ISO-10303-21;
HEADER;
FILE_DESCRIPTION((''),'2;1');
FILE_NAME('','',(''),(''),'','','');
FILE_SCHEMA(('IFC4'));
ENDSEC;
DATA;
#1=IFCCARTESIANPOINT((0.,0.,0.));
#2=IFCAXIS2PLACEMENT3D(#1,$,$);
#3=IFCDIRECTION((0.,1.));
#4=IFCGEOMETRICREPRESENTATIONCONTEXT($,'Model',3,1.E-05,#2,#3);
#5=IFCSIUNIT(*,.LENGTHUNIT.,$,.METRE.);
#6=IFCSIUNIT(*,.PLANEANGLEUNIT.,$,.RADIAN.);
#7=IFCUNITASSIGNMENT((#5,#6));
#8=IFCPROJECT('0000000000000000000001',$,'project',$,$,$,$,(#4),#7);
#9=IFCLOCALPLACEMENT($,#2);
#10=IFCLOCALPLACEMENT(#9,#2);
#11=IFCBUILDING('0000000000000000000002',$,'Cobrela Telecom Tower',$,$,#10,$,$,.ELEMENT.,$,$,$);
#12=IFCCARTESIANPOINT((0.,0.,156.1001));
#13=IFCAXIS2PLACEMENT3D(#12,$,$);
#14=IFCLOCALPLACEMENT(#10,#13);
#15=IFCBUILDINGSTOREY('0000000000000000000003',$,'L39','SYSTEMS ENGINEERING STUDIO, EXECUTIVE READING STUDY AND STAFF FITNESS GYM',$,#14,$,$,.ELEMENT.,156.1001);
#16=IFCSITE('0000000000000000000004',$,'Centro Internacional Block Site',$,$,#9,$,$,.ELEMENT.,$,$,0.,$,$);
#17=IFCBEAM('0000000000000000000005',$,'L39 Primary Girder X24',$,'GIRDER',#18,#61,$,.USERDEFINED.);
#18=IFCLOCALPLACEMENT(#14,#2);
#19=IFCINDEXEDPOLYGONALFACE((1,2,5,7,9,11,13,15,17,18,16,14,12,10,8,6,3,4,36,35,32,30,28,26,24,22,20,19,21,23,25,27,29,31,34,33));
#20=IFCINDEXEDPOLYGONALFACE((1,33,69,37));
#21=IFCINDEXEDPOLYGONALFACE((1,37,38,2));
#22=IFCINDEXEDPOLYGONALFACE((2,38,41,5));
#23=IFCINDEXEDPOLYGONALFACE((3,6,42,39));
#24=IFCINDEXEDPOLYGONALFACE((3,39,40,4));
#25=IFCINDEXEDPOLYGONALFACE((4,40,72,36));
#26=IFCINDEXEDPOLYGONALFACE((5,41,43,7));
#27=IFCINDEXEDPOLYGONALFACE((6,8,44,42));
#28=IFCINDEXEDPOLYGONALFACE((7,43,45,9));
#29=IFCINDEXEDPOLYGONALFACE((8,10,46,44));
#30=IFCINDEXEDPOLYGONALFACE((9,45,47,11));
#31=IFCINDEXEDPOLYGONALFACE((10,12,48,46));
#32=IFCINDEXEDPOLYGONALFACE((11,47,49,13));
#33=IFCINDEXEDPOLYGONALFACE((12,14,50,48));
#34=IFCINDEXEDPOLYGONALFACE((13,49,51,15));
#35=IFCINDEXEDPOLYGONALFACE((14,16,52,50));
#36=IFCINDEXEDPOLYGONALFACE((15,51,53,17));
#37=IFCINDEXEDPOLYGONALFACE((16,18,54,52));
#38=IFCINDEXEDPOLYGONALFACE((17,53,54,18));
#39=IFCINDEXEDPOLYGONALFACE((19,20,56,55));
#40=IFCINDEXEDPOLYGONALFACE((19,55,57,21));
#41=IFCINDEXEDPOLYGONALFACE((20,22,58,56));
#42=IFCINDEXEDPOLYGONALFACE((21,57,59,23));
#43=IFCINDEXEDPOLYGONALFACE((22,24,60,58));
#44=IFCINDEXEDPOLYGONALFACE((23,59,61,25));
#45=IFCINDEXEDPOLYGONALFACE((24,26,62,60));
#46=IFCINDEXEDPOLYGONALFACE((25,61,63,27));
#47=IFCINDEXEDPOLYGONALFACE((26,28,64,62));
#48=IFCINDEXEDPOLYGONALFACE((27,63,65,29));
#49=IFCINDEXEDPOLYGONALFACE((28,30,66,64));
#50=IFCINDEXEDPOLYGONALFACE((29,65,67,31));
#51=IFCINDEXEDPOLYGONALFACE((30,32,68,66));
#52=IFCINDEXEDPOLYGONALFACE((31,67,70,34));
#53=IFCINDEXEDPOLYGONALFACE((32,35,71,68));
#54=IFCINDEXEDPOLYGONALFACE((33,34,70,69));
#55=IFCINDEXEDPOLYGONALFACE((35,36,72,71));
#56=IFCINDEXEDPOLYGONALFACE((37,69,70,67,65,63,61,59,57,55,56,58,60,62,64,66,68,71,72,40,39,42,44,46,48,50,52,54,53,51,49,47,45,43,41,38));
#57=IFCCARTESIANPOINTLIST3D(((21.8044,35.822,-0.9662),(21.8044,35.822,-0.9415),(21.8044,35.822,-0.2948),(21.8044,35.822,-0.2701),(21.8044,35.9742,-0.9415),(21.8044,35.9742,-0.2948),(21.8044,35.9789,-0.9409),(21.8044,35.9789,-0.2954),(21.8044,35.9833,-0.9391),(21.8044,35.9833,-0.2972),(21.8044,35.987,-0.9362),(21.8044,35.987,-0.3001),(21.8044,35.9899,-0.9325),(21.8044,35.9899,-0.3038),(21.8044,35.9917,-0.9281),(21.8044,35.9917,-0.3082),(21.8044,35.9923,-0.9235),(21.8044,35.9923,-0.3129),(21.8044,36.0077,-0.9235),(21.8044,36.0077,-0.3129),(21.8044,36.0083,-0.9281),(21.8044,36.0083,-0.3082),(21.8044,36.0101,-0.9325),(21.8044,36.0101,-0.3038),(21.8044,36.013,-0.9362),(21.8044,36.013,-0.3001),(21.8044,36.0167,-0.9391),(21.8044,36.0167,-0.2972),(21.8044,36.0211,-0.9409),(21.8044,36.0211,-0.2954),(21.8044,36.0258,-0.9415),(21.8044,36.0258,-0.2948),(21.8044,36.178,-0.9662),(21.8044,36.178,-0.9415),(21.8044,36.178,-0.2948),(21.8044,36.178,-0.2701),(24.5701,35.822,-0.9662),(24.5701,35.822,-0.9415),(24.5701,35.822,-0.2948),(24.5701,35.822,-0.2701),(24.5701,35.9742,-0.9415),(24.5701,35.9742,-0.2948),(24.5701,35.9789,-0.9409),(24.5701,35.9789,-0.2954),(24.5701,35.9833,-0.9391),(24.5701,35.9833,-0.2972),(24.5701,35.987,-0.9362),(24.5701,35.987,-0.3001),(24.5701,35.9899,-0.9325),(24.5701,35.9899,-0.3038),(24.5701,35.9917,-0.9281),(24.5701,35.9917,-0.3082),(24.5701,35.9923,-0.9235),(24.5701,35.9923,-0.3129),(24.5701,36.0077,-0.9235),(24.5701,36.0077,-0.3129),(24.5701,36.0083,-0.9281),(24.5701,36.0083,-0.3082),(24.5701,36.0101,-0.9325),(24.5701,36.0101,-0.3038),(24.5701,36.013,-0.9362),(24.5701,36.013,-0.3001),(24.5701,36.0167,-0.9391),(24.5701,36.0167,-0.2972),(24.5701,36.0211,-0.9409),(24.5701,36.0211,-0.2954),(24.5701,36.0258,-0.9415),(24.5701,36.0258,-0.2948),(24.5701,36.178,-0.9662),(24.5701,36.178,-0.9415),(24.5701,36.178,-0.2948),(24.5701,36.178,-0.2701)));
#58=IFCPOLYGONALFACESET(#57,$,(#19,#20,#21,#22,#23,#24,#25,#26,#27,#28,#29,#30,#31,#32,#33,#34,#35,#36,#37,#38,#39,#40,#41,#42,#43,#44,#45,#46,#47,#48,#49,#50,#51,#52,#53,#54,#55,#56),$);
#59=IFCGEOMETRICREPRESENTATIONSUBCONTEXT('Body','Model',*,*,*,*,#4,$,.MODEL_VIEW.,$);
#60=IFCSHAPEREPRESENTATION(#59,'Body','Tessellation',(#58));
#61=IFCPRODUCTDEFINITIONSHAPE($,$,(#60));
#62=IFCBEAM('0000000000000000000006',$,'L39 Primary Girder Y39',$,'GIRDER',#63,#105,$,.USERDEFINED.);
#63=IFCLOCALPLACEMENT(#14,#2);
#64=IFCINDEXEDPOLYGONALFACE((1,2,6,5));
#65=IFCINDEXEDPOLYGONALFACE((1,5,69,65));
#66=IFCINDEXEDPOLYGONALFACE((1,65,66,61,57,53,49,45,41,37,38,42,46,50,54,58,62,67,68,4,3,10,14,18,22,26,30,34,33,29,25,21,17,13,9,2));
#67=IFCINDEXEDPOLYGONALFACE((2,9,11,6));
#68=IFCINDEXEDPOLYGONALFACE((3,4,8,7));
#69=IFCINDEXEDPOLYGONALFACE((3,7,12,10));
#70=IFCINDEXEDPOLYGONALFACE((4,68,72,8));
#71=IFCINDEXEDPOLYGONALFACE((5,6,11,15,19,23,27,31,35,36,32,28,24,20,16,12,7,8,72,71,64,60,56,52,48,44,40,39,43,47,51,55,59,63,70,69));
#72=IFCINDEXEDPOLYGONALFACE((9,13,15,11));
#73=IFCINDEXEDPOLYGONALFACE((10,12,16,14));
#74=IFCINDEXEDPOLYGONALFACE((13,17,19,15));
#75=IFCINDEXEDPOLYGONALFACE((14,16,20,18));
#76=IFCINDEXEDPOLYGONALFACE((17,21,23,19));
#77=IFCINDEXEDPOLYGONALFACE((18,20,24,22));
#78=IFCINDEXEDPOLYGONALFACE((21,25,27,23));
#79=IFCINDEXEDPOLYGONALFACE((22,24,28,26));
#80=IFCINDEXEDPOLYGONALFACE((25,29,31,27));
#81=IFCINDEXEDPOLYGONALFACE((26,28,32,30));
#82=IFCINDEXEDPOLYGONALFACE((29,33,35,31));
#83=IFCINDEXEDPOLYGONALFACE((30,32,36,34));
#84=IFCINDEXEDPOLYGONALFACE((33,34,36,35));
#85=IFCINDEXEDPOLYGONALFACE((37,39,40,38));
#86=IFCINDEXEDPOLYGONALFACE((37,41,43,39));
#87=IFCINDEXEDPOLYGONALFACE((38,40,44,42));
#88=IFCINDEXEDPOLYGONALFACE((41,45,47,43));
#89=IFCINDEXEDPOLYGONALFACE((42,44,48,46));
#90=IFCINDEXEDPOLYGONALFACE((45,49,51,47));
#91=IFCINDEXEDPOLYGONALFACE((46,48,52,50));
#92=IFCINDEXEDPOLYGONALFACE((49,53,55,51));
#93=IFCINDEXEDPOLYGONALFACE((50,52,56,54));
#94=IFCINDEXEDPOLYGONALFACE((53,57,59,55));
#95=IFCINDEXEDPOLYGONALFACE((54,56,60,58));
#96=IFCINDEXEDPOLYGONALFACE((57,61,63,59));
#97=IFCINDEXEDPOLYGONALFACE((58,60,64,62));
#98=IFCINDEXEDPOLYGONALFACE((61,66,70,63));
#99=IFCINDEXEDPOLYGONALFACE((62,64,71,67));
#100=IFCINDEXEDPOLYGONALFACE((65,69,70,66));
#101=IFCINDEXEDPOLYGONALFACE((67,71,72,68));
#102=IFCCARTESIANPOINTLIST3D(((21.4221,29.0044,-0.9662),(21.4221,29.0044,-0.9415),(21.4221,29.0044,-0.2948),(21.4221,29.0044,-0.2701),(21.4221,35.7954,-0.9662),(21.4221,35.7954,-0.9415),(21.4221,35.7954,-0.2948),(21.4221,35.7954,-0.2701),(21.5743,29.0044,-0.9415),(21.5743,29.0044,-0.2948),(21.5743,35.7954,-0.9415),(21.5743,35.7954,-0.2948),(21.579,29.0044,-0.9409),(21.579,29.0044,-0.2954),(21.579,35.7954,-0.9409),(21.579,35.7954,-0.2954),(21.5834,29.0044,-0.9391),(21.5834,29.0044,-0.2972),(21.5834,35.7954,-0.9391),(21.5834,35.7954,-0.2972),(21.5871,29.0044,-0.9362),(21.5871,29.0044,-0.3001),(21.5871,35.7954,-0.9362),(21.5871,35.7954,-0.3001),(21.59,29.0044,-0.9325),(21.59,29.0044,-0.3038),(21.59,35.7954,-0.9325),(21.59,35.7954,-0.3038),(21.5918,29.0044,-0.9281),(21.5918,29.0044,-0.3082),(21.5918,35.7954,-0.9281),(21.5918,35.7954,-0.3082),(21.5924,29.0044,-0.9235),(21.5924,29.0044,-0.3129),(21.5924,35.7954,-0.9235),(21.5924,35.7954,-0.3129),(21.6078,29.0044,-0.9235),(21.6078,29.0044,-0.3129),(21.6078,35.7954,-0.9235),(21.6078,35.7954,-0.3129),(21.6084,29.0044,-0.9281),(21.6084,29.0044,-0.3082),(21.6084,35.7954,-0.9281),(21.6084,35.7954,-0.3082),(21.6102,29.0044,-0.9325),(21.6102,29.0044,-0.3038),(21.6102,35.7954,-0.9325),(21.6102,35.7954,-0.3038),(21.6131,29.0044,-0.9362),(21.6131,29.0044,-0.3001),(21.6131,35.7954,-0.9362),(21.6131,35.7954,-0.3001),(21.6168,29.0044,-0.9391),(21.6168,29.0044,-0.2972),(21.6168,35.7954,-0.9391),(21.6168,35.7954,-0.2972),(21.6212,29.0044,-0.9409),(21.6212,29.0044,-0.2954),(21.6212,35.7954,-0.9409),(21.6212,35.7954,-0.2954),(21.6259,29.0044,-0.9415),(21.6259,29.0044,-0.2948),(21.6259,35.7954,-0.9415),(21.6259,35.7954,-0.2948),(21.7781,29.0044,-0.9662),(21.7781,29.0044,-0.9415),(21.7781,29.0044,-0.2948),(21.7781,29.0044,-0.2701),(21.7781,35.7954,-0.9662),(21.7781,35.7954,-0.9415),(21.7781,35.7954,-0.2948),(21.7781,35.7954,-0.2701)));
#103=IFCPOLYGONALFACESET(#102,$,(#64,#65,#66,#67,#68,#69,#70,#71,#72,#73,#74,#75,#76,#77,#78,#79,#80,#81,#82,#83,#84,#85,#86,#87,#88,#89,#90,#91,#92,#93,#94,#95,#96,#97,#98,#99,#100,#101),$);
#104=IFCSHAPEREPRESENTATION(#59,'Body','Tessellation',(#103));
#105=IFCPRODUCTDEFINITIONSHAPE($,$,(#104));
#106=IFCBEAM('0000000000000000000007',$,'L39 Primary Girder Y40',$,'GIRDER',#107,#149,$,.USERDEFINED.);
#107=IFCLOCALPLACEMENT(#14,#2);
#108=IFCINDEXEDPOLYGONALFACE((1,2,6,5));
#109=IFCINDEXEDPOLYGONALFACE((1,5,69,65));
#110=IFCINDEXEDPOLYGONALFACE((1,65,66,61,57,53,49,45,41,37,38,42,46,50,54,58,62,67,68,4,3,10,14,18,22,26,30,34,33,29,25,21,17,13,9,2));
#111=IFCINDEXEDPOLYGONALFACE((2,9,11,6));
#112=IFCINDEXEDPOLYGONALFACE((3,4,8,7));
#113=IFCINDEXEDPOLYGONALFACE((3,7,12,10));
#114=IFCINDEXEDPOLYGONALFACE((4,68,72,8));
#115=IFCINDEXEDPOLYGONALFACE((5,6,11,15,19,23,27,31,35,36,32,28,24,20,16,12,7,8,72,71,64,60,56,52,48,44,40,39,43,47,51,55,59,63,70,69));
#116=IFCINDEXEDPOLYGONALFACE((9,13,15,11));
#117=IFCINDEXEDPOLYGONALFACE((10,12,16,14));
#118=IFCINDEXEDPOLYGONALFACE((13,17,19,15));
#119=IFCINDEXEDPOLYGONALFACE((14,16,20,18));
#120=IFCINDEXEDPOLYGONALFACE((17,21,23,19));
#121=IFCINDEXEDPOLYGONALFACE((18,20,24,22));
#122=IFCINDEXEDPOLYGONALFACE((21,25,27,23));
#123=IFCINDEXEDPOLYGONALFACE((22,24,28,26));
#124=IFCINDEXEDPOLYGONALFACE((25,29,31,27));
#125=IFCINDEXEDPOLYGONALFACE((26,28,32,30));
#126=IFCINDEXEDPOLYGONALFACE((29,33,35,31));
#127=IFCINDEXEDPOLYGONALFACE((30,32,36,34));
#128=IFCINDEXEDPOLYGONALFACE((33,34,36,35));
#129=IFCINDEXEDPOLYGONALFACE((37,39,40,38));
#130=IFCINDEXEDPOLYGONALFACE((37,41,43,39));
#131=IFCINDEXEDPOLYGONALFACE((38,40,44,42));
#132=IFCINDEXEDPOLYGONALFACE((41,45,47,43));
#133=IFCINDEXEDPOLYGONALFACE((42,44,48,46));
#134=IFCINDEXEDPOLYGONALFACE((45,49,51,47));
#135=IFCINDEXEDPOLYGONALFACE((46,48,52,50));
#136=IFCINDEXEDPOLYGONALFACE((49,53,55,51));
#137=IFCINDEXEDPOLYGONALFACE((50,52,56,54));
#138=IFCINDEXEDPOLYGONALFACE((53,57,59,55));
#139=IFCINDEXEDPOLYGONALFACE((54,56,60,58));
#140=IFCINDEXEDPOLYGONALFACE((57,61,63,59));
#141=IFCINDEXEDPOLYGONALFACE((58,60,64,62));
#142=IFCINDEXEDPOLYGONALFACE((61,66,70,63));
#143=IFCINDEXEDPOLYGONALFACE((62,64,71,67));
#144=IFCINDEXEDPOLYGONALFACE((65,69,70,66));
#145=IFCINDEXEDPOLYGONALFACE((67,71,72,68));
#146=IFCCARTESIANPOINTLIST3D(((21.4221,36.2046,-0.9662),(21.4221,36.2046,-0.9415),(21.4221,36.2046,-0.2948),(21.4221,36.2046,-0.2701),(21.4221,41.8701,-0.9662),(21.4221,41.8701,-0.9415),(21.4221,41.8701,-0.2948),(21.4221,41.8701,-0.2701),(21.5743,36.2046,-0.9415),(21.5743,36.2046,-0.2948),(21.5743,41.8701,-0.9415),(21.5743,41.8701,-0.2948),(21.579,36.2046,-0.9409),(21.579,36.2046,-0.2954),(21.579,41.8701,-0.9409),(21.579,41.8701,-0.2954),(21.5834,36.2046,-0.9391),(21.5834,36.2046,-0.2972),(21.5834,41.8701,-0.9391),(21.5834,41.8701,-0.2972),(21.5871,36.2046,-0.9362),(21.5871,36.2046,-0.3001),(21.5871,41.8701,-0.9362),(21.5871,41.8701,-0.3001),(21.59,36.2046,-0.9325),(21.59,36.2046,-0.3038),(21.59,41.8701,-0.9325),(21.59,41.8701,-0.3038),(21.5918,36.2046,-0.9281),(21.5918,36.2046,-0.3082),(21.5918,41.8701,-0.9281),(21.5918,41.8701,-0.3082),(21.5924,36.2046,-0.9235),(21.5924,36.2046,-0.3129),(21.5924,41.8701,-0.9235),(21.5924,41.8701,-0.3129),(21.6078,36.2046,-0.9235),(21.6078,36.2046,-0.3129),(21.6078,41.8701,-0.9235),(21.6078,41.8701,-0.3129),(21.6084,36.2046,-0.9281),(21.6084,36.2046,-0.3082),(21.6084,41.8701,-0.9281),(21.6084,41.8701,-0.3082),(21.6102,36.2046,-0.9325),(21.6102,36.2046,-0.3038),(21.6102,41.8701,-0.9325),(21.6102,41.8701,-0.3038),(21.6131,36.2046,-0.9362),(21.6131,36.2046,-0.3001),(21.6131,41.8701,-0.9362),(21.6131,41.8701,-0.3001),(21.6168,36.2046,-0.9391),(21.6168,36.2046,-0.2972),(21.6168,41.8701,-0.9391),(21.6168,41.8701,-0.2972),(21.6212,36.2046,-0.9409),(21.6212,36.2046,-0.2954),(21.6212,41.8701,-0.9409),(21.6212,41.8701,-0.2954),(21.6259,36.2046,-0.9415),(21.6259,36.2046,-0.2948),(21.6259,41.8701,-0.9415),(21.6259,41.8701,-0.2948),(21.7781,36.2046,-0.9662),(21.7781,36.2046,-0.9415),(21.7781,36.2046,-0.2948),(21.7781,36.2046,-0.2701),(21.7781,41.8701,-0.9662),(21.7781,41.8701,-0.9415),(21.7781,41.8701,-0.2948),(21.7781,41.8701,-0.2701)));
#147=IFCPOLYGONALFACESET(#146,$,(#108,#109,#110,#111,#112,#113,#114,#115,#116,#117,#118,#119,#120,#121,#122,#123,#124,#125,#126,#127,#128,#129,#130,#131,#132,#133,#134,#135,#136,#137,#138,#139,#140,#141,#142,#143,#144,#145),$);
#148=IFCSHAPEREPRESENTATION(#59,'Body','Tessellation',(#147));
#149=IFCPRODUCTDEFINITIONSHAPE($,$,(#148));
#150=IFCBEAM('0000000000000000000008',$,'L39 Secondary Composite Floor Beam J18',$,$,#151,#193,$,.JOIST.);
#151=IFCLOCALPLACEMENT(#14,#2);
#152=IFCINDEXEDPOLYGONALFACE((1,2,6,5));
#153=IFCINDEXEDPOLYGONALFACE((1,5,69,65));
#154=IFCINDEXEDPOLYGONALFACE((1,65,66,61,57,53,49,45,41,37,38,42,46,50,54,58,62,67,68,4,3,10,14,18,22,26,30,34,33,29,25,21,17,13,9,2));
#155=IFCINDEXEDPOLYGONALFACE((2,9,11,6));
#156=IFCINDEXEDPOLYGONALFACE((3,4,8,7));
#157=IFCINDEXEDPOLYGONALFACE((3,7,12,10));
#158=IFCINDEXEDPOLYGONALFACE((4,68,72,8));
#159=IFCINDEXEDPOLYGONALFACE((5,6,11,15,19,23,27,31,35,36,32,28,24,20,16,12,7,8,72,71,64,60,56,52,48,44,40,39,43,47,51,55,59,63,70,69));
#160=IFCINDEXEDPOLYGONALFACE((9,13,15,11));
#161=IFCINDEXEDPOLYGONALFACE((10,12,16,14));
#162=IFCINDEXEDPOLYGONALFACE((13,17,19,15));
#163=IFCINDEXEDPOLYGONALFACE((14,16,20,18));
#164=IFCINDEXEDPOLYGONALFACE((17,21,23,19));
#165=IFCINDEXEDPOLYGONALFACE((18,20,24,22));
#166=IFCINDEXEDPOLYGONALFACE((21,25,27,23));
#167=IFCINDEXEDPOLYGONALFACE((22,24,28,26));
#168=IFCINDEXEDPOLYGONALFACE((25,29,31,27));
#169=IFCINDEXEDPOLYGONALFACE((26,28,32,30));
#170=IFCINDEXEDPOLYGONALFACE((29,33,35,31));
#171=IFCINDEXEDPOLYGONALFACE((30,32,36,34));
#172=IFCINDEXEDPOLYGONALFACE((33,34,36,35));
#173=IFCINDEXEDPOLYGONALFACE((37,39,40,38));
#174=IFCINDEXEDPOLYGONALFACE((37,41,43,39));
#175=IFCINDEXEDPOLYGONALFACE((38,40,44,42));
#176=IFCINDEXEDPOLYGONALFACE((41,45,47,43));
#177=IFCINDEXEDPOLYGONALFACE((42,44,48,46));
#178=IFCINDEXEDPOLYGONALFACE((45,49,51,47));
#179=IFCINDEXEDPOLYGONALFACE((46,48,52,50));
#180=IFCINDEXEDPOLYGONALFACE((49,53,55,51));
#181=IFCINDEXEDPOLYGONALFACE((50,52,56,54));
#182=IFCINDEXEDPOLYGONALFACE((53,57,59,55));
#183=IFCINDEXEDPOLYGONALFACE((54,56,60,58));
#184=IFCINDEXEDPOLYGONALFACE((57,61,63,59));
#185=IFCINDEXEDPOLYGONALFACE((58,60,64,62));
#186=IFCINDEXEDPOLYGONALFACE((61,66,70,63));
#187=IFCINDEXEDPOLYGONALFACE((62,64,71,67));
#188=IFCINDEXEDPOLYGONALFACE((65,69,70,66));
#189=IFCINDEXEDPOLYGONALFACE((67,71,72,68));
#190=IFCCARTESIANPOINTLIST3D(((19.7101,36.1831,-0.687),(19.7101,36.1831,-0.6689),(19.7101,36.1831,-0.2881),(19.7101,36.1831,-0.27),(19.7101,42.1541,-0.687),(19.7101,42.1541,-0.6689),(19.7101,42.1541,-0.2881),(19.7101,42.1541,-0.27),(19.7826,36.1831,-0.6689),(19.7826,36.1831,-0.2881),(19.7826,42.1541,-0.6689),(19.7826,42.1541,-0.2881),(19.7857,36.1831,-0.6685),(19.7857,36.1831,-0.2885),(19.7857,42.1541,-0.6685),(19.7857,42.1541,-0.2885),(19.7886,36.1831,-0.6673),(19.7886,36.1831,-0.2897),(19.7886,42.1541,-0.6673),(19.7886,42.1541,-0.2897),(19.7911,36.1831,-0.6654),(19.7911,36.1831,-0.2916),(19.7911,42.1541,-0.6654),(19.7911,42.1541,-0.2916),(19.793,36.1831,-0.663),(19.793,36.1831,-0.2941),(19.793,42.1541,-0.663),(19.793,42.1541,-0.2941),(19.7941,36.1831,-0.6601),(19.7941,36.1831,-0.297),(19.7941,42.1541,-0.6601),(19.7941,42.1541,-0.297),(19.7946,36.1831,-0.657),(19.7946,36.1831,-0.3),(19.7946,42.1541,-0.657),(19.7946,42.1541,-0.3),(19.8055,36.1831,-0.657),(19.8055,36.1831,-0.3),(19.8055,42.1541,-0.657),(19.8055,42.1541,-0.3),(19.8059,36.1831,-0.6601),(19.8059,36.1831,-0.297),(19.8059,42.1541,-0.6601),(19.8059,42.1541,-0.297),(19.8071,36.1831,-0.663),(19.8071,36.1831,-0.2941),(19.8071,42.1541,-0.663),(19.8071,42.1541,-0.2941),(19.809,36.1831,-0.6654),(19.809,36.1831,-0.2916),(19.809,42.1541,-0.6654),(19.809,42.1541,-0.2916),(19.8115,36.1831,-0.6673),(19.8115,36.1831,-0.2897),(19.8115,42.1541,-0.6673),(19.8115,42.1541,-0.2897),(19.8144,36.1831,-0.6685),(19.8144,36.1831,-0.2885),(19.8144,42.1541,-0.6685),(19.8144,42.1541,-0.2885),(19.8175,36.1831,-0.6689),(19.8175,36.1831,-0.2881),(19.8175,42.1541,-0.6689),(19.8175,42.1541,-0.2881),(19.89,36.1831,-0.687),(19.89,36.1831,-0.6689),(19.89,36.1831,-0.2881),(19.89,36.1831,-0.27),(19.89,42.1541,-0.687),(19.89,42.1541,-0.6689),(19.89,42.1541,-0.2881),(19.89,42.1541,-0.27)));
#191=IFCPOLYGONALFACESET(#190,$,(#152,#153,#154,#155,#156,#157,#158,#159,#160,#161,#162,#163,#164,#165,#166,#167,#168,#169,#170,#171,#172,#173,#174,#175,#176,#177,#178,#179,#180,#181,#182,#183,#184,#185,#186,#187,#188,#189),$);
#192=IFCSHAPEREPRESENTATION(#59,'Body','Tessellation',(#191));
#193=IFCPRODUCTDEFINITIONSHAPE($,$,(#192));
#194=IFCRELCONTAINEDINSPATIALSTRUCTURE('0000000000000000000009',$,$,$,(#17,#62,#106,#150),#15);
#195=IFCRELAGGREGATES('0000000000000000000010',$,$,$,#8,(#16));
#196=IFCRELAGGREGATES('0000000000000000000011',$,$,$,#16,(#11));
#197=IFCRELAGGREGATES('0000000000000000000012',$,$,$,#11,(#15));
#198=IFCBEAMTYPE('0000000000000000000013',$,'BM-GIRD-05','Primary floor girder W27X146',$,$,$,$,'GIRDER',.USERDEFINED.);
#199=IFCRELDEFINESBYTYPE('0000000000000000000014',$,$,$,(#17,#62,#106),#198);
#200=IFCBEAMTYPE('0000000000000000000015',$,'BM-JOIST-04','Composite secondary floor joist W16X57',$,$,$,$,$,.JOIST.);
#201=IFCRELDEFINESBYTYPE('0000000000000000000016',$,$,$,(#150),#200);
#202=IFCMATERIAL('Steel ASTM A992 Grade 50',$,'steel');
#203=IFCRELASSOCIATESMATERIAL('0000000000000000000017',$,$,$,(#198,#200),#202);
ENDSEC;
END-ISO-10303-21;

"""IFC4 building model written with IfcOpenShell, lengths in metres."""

from ifc_helpers import new_model, si_unit, direction, frame, origin, origin_2d, place, context, subcontext, project, spatial, i_section, extrude, material, material_profile, profile_set, type_object, element, save


model = new_model("IFC4")

# Units and contexts
model_context = context("Model", 3, precision=1e-05, world=origin(), true_north=direction((0.0, 1.0)))
body_context = subcontext(model_context, "Body", "Model", "MODEL_VIEW")
ifc_project = project(units=[si_unit("LENGTHUNIT", "METRE"), si_unit("PLANEANGLEUNIT", "RADIAN")], contexts=[model_context])

# Site, building, storey
site_placement = place(None, origin())
site = spatial("IfcSite", under=ifc_project, at=site_placement, Name="Centro Internacional Block Site", CompositionType="ELEMENT", RefElevation=0.0)
building_placement = place(site_placement, origin())
building = spatial("IfcBuilding", under=site, at=building_placement, Name="Cobrela Telecom Tower", CompositionType="ELEMENT")
storey_placement = place(building_placement, frame((0.0, 0.0, 156.1001)))
storey = spatial("IfcBuildingStorey", under=building, at=storey_placement, Name="L39", Description="SYSTEMS ENGINEERING STUDIO, EXECUTIVE READING STUDY AND STAFF FITNESS GYM", CompositionType="ELEMENT", Elevation=156.1001)

# Shared definitions
ifc_material_1 = material(Name="Steel ASTM A992 Grade 50", Category="steel")

# Beams
ifc_material_profile_1 = material_profile(ifc_material_1, i_section(OverallWidth=0.356, OverallDepth=0.696, WebThickness=0.0154, FlangeThickness=0.0247, FilletRadius=0.0181, at=origin_2d()), Name="W27X146")
ifc_profile_set_1 = profile_set([ifc_material_profile_1], Name="Steel ASTM A992 Grade 50")
beam_type_1 = type_object("IfcBeamType", Name="BM-GIRD-05", Description="Primary floor girder W27X146", ElementType="GIRDER", PredefinedType="USERDEFINED", material=ifc_profile_set_1)
for number, where, z_axis, x_axis, name in (
    (1, (21.8044, 36.0, -0.6182), (1.0, 0.0, 0.0), (0.0, 1.0, 0.0), "L39 Primary Girder X24"),
):
    element("IfcBeam", number, at=place(storey_placement, frame(where, z_axis=z_axis, x_axis=x_axis)), inside=storey, type_object=beam_type_1, Name=name, ObjectType="GIRDER", PredefinedType="USERDEFINED", context=body_context, shape_type="SweptSolid", body=[
        extrude(i_section(OverallWidth=0.356, OverallDepth=0.696, WebThickness=0.0154, FlangeThickness=0.0247, FilletRadius=0.0181, at=origin_2d()), origin(), (0.0, 0.0, 1.0), 2.7656),
    ])
beam_1_placement = place(storey_placement, frame((21.6001, 29.0044, -0.6182), z_axis=(0.0, 1.0, 0.0), x_axis=(-1.0, 0.0, 0.0)))
element("IfcBeam", 2, at=beam_1_placement, inside=storey, type_object=beam_type_1, Name="L39 Primary Girder Y39", ObjectType="GIRDER", PredefinedType="USERDEFINED", context=body_context, shape_type="SweptSolid", body=[
    extrude(i_section(OverallWidth=0.356, OverallDepth=0.696, WebThickness=0.0154, FlangeThickness=0.0247, FilletRadius=0.0181, at=origin_2d()), origin(), (0.0, 0.0, 1.0), 6.791),
])
beam_2_placement = place(storey_placement, frame((21.6001, 36.2046, -0.6182), z_axis=(0.0, 1.0, 0.0), x_axis=(-1.0, 0.0, 0.0)))
element("IfcBeam", 3, at=beam_2_placement, inside=storey, type_object=beam_type_1, Name="L39 Primary Girder Y40", ObjectType="GIRDER", PredefinedType="USERDEFINED", context=body_context, shape_type="SweptSolid", body=[
    extrude(i_section(OverallWidth=0.356, OverallDepth=0.696, WebThickness=0.0154, FlangeThickness=0.0247, FilletRadius=0.0181, at=origin_2d()), origin(), (0.0, 0.0, 1.0), 5.6655),
])
ifc_material_profile_2 = material_profile(ifc_material_1, i_section(OverallWidth=0.1799, OverallDepth=0.417, WebThickness=0.011, FlangeThickness=0.0181, FilletRadius=0.012, at=origin_2d()), Name="W16X57")
ifc_profile_set_2 = profile_set([ifc_material_profile_2], Name="Steel ASTM A992 Grade 50")
beam_type_2 = type_object("IfcBeamType", Name="BM-JOIST-04", Description="Composite secondary floor joist W16X57", PredefinedType="JOIST", material=ifc_profile_set_2)
beam_3_placement = place(storey_placement, frame((19.8, 36.1831, -0.4785), z_axis=(0.0, 1.0, 0.0), x_axis=(-1.0, 0.0, 0.0)))
element("IfcBeam", 4, at=beam_3_placement, inside=storey, type_object=beam_type_2, Name="L39 Secondary Composite Floor Beam J18", PredefinedType="JOIST", context=body_context, shape_type="SweptSolid", body=[
    extrude(i_section(OverallWidth=0.1799, OverallDepth=0.417, WebThickness=0.011, FlangeThickness=0.0181, FilletRadius=0.012, at=origin_2d()), origin(), (0.0, 0.0, 1.0), 5.9709),
])

save(model, "model.ifc")
